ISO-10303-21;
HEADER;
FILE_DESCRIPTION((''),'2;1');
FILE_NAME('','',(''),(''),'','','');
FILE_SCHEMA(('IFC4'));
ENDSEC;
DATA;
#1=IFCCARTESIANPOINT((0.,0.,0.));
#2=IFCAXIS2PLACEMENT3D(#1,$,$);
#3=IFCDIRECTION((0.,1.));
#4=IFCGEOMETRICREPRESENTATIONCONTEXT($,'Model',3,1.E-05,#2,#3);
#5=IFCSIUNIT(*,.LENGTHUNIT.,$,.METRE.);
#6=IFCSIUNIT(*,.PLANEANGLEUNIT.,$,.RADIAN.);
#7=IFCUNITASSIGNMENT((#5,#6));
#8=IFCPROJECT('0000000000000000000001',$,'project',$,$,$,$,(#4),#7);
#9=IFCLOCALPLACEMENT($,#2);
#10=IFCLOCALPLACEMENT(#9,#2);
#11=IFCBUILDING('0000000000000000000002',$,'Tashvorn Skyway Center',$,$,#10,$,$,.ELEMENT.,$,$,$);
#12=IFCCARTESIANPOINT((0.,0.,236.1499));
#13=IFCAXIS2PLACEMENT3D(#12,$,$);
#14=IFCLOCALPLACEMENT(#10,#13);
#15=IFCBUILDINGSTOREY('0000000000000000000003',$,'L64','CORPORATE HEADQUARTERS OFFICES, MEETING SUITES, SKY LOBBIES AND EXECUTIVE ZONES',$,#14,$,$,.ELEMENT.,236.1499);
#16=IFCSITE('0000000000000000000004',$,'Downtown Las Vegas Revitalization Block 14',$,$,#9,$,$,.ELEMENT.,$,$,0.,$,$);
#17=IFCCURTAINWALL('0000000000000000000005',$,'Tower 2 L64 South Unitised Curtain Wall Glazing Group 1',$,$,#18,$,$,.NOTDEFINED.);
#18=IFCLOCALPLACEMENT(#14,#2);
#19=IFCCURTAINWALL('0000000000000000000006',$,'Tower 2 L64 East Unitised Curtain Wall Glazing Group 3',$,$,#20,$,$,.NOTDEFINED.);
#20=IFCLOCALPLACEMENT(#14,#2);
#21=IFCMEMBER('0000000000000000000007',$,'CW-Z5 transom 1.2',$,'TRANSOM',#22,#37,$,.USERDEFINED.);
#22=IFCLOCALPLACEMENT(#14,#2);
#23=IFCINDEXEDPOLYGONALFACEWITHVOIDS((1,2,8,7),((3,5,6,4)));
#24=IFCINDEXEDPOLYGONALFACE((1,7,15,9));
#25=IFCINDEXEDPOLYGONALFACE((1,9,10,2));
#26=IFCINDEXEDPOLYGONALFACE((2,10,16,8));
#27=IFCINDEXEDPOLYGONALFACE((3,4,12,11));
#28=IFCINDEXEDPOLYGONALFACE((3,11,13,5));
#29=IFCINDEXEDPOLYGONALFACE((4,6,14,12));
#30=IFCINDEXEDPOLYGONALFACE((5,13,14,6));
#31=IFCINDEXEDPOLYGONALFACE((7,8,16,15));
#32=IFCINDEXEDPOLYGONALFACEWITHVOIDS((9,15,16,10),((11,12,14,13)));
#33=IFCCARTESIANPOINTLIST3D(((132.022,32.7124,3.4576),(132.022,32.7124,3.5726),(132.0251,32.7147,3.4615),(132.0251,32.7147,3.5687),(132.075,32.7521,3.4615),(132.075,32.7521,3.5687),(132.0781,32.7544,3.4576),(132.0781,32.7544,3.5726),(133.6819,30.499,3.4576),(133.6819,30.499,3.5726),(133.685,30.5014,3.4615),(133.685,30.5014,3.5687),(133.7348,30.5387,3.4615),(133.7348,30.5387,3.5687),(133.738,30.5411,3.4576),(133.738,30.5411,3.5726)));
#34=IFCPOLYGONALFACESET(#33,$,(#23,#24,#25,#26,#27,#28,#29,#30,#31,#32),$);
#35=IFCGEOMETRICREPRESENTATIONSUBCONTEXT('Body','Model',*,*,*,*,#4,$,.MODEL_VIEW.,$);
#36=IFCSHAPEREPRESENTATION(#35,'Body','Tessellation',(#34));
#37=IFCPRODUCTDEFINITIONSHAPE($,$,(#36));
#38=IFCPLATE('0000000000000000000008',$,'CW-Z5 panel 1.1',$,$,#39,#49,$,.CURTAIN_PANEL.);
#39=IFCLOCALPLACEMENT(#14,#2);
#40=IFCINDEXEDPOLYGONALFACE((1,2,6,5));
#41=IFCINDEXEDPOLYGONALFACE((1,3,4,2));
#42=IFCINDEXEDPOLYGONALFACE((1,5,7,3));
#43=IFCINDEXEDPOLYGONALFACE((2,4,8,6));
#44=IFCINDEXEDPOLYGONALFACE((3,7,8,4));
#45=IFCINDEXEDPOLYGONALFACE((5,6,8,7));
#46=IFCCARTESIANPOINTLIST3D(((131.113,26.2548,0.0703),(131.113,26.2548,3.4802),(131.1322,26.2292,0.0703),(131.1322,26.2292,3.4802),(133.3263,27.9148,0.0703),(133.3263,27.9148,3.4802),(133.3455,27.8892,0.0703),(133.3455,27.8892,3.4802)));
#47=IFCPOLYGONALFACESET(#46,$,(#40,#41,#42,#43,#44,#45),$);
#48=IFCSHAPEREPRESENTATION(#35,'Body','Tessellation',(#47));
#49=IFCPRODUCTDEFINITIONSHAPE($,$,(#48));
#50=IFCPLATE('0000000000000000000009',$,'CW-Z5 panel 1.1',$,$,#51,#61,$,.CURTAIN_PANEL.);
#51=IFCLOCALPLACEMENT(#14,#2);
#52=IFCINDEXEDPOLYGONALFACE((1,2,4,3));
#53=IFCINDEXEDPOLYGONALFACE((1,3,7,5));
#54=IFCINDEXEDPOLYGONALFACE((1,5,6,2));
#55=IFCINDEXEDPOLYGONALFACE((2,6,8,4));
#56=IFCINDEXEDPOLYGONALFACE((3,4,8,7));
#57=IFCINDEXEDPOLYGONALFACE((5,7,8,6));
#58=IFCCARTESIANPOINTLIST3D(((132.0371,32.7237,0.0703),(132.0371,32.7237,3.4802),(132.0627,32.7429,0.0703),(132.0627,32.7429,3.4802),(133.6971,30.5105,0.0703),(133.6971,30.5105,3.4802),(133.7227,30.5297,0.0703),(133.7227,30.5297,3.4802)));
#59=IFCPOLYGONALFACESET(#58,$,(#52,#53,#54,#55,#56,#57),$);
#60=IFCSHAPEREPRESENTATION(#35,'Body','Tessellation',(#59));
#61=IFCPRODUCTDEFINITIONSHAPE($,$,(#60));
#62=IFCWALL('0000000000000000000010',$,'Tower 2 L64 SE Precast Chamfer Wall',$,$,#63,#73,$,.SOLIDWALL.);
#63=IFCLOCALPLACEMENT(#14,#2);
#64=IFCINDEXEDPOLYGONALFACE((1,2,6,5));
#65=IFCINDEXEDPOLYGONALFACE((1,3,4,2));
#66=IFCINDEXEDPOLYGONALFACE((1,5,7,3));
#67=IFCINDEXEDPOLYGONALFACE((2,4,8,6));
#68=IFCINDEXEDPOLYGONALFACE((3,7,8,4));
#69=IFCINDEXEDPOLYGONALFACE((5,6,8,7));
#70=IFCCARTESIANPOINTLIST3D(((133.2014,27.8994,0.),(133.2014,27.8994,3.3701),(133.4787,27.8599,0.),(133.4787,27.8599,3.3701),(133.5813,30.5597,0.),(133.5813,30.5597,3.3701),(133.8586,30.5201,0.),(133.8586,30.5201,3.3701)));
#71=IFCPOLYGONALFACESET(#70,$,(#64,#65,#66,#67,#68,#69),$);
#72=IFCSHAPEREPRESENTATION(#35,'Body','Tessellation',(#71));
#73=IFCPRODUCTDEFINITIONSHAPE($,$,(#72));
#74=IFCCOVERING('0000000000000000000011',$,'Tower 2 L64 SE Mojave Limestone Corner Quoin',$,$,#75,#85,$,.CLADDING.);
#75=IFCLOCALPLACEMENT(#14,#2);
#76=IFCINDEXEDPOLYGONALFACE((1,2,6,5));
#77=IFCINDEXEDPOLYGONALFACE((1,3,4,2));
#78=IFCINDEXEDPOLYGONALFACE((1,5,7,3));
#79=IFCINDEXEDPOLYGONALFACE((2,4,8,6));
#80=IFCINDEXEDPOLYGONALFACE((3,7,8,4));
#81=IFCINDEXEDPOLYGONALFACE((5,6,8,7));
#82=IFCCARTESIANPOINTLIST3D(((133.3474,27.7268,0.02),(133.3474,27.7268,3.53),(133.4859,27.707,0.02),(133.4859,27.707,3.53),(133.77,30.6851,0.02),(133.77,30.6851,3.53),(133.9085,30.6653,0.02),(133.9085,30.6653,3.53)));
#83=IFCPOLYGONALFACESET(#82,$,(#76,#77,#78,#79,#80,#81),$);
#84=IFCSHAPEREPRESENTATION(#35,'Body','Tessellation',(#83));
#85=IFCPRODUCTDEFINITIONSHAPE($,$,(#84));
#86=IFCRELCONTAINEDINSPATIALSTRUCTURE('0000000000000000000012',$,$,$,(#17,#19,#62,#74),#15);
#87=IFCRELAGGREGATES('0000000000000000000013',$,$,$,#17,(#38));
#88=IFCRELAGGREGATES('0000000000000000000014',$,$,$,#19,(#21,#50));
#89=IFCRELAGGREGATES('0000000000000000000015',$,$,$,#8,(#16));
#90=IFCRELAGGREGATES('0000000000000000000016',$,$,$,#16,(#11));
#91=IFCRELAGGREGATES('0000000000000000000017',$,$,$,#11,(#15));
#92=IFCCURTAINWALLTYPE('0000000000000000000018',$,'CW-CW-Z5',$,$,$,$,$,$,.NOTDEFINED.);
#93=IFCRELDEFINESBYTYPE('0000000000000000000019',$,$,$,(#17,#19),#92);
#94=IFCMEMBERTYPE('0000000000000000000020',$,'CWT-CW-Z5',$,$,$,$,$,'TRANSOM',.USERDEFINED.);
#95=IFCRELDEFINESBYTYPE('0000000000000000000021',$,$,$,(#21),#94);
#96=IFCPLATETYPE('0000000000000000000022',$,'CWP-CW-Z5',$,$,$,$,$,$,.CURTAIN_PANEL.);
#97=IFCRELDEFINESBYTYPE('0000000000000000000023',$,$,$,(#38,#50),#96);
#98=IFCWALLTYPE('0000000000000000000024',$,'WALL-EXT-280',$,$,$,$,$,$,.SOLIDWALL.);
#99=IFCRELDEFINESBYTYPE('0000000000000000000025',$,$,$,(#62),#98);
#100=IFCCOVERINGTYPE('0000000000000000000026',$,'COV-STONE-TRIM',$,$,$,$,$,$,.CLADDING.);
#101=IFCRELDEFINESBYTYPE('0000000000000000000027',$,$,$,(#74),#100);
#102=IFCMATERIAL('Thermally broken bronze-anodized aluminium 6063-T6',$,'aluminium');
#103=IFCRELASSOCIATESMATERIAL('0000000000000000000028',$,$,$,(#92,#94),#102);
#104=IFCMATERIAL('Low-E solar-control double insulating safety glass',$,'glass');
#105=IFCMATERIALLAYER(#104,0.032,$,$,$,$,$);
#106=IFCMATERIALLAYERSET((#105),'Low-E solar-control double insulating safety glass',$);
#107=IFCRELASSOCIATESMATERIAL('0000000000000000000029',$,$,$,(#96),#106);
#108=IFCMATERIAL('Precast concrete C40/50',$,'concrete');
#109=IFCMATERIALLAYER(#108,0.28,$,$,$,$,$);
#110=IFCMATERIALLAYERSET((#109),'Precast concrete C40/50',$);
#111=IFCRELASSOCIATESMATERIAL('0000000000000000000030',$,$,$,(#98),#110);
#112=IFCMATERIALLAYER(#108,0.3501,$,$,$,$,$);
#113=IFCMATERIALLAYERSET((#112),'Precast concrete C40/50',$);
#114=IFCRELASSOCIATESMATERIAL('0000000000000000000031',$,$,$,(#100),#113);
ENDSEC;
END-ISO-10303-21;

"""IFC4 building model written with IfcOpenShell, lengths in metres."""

from ifc_helpers import new_model, si_unit, direction, frame, frame_2d, origin, origin_2d, place, context, subcontext, project, spatial, rectangle, hollow_rectangle, extrude, material, layer, layer_set, material_profile, profile_set, type_object, element, aggregate, save


model = new_model("IFC4")

# Units and contexts
model_context = context("Model", 3, precision=1e-05, world=origin(), true_north=direction((0.0, 1.0)))
body_context = subcontext(model_context, "Body", "Model", "MODEL_VIEW")
ifc_project = project(units=[si_unit("LENGTHUNIT", "METRE"), si_unit("PLANEANGLEUNIT", "RADIAN")], contexts=[model_context])

# Site, building, storey
site_placement = place(None, origin())
site = spatial("IfcSite", under=ifc_project, at=site_placement, Name="Downtown Las Vegas Revitalization Block 14", CompositionType="ELEMENT", RefElevation=0.0)
building_placement = place(site_placement, origin())
building = spatial("IfcBuilding", under=site, at=building_placement, Name="Tashvorn Skyway Center", CompositionType="ELEMENT")
storey_placement = place(building_placement, frame((0.0, 0.0, 236.1499)))
storey = spatial("IfcBuildingStorey", under=building, at=storey_placement, Name="L64", Description="CORPORATE HEADQUARTERS OFFICES, MEETING SUITES, SKY LOBBIES AND EXECUTIVE ZONES", CompositionType="ELEMENT", Elevation=236.1499)

# Curtain wall
ifc_material_1 = material(Name="Thermally broken bronze-anodized aluminium 6063-T6", Category="aluminium")
curtain_wall_type = type_object("IfcCurtainWallType", Name="CW-CW-Z5", PredefinedType="NOTDEFINED", material=ifc_material_1)
curtain_wall_1_placement = place(storey_placement, origin())
curtain_wall_1 = element("IfcCurtainWall", 1, at=curtain_wall_1_placement, inside=storey, type_object=curtain_wall_type, Name="Tower 2 L64 South Unitised Curtain Wall Glazing Group 1", PredefinedType="NOTDEFINED")

# Curtain wall
curtain_wall_2_placement = place(storey_placement, origin())
curtain_wall_2 = element("IfcCurtainWall", 2, at=curtain_wall_2_placement, inside=storey, type_object=curtain_wall_type, Name="Tower 2 L64 East Unitised Curtain Wall Glazing Group 3", PredefinedType="NOTDEFINED")

# Member
ifc_material_profile_1 = material_profile(ifc_material_1, hollow_rectangle(XDim=0.0701, YDim=0.115, WallThickness=0.0039, at=origin_2d()), Name="ALU-TRAN-70x115")
ifc_profile_set_1 = profile_set([ifc_material_profile_1], Name="Thermally broken bronze-anodized aluminium 6063-T6")
member_type_1 = type_object("IfcMemberType", Name="CWT-CW-Z5", ElementType="TRANSOM", PredefinedType="USERDEFINED", material=ifc_profile_set_1)
member_1_placement = place(storey_placement, frame((132.05, 32.7334, 3.5151), z_axis=(0.599972, -0.800021, 0.0), x_axis=(0.800021, 0.599972, 0.0)))
member_1 = element("IfcMember", 3, at=member_1_placement, type_object=member_type_1, Name="CW-Z5 transom 1.2", ObjectType="TRANSOM", PredefinedType="USERDEFINED", context=body_context, shape_type="SweptSolid", body=[
    extrude(hollow_rectangle(XDim=0.0701, YDim=0.115, WallThickness=0.0039, at=origin_2d()), origin(), (0.0, 0.0, 1.0), 2.7666),
])

# Plates
ifc_material_2 = material(Name="Low-E solar-control double insulating safety glass", Category="glass")
ifc_layer_1 = layer(ifc_material_2, 0.032)
ifc_layer_set_1 = layer_set([ifc_layer_1], Name="Low-E solar-control double insulating safety glass")
plate_type = type_object("IfcPlateType", Name="CWP-CW-Z5", PredefinedType="CURTAIN_PANEL", material=ifc_layer_set_1)
plate_1_placement = place(storey_placement, frame((132.2292, 27.072, 0.0703), z_axis=(0.0, 0.0, 1.0), x_axis=(-0.799996, -0.600006, 0.0)))
plate_1 = element("IfcPlate", 4, at=plate_1_placement, type_object=plate_type, Name="CW-Z5 panel 1.1", PredefinedType="CURTAIN_PANEL", context=body_context, shape_type="SweptSolid", body=[
    extrude(rectangle(XDim=2.7666, YDim=0.032, at=origin_2d()), origin(), (0.0, 0.0, 1.0), 3.4099),
])
aggregate(curtain_wall_1, [plate_1])
plate_2_placement = place(storey_placement, frame((132.8799, 31.6267, 0.0703), z_axis=(0.0, 0.0, 1.0), x_axis=(0.600006, -0.799996, 0.0)))
plate_2 = element("IfcPlate", 5, at=plate_2_placement, type_object=plate_type, Name="CW-Z5 panel 1.1", PredefinedType="CURTAIN_PANEL", context=body_context, shape_type="SweptSolid", body=[
    extrude(rectangle(XDim=2.7666, YDim=0.032, at=origin_2d()), origin(), (0.0, 0.0, 1.0), 3.4099),
])
aggregate(curtain_wall_2, [member_1, plate_2])

# Wall
ifc_material_3 = material(Name="Precast concrete C40/50", Category="concrete")
ifc_layer_2 = layer(ifc_material_3, 0.28)
ifc_layer_set_2 = layer_set([ifc_layer_2], Name="Precast concrete C40/50")
wall_type = type_object("IfcWallType", Name="WALL-EXT-280", PredefinedType="SOLIDWALL", material=ifc_layer_set_2)
wall_placement = place(storey_placement, frame((133.72, 30.54, 0.0), z_axis=(0.0, 0.0, 1.0), x_axis=(-0.14137, -0.989957, 0.0)))
element("IfcWall", 6, at=wall_placement, inside=storey, type_object=wall_type, Name="Tower 2 L64 SE Precast Chamfer Wall", PredefinedType="SOLIDWALL", context=body_context, shape_type="SweptSolid", body=[
    extrude(rectangle(XDim=2.6873, YDim=0.28, at=frame_2d((1.3438, 0.0))), origin(), (0.0, 0.0, 1.0), 3.3701),
])

# Covering
ifc_layer_3 = layer(ifc_material_3, 0.3501)
ifc_layer_set_3 = layer_set([ifc_layer_3], Name="Precast concrete C40/50")
covering_type = type_object("IfcCoveringType", Name="COV-STONE-TRIM", PredefinedType="CLADDING", material=ifc_layer_set_3)
covering_placement = place(storey_placement, frame((133.6279, 29.196, 0.02), z_axis=(0.0, 0.0, 1.0), x_axis=(0.141421, 0.989949, 0.0)))
element("IfcCovering", 7, at=covering_placement, inside=storey, type_object=covering_type, Name="Tower 2 L64 SE Mojave Limestone Corner Quoin", PredefinedType="CLADDING", context=body_context, shape_type="SweptSolid", body=[
    extrude(rectangle(XDim=2.9883, YDim=0.1399, at=origin_2d()), origin(), (0.0, 0.0, 1.0), 3.51),
])

save(model, "model.ifc")
